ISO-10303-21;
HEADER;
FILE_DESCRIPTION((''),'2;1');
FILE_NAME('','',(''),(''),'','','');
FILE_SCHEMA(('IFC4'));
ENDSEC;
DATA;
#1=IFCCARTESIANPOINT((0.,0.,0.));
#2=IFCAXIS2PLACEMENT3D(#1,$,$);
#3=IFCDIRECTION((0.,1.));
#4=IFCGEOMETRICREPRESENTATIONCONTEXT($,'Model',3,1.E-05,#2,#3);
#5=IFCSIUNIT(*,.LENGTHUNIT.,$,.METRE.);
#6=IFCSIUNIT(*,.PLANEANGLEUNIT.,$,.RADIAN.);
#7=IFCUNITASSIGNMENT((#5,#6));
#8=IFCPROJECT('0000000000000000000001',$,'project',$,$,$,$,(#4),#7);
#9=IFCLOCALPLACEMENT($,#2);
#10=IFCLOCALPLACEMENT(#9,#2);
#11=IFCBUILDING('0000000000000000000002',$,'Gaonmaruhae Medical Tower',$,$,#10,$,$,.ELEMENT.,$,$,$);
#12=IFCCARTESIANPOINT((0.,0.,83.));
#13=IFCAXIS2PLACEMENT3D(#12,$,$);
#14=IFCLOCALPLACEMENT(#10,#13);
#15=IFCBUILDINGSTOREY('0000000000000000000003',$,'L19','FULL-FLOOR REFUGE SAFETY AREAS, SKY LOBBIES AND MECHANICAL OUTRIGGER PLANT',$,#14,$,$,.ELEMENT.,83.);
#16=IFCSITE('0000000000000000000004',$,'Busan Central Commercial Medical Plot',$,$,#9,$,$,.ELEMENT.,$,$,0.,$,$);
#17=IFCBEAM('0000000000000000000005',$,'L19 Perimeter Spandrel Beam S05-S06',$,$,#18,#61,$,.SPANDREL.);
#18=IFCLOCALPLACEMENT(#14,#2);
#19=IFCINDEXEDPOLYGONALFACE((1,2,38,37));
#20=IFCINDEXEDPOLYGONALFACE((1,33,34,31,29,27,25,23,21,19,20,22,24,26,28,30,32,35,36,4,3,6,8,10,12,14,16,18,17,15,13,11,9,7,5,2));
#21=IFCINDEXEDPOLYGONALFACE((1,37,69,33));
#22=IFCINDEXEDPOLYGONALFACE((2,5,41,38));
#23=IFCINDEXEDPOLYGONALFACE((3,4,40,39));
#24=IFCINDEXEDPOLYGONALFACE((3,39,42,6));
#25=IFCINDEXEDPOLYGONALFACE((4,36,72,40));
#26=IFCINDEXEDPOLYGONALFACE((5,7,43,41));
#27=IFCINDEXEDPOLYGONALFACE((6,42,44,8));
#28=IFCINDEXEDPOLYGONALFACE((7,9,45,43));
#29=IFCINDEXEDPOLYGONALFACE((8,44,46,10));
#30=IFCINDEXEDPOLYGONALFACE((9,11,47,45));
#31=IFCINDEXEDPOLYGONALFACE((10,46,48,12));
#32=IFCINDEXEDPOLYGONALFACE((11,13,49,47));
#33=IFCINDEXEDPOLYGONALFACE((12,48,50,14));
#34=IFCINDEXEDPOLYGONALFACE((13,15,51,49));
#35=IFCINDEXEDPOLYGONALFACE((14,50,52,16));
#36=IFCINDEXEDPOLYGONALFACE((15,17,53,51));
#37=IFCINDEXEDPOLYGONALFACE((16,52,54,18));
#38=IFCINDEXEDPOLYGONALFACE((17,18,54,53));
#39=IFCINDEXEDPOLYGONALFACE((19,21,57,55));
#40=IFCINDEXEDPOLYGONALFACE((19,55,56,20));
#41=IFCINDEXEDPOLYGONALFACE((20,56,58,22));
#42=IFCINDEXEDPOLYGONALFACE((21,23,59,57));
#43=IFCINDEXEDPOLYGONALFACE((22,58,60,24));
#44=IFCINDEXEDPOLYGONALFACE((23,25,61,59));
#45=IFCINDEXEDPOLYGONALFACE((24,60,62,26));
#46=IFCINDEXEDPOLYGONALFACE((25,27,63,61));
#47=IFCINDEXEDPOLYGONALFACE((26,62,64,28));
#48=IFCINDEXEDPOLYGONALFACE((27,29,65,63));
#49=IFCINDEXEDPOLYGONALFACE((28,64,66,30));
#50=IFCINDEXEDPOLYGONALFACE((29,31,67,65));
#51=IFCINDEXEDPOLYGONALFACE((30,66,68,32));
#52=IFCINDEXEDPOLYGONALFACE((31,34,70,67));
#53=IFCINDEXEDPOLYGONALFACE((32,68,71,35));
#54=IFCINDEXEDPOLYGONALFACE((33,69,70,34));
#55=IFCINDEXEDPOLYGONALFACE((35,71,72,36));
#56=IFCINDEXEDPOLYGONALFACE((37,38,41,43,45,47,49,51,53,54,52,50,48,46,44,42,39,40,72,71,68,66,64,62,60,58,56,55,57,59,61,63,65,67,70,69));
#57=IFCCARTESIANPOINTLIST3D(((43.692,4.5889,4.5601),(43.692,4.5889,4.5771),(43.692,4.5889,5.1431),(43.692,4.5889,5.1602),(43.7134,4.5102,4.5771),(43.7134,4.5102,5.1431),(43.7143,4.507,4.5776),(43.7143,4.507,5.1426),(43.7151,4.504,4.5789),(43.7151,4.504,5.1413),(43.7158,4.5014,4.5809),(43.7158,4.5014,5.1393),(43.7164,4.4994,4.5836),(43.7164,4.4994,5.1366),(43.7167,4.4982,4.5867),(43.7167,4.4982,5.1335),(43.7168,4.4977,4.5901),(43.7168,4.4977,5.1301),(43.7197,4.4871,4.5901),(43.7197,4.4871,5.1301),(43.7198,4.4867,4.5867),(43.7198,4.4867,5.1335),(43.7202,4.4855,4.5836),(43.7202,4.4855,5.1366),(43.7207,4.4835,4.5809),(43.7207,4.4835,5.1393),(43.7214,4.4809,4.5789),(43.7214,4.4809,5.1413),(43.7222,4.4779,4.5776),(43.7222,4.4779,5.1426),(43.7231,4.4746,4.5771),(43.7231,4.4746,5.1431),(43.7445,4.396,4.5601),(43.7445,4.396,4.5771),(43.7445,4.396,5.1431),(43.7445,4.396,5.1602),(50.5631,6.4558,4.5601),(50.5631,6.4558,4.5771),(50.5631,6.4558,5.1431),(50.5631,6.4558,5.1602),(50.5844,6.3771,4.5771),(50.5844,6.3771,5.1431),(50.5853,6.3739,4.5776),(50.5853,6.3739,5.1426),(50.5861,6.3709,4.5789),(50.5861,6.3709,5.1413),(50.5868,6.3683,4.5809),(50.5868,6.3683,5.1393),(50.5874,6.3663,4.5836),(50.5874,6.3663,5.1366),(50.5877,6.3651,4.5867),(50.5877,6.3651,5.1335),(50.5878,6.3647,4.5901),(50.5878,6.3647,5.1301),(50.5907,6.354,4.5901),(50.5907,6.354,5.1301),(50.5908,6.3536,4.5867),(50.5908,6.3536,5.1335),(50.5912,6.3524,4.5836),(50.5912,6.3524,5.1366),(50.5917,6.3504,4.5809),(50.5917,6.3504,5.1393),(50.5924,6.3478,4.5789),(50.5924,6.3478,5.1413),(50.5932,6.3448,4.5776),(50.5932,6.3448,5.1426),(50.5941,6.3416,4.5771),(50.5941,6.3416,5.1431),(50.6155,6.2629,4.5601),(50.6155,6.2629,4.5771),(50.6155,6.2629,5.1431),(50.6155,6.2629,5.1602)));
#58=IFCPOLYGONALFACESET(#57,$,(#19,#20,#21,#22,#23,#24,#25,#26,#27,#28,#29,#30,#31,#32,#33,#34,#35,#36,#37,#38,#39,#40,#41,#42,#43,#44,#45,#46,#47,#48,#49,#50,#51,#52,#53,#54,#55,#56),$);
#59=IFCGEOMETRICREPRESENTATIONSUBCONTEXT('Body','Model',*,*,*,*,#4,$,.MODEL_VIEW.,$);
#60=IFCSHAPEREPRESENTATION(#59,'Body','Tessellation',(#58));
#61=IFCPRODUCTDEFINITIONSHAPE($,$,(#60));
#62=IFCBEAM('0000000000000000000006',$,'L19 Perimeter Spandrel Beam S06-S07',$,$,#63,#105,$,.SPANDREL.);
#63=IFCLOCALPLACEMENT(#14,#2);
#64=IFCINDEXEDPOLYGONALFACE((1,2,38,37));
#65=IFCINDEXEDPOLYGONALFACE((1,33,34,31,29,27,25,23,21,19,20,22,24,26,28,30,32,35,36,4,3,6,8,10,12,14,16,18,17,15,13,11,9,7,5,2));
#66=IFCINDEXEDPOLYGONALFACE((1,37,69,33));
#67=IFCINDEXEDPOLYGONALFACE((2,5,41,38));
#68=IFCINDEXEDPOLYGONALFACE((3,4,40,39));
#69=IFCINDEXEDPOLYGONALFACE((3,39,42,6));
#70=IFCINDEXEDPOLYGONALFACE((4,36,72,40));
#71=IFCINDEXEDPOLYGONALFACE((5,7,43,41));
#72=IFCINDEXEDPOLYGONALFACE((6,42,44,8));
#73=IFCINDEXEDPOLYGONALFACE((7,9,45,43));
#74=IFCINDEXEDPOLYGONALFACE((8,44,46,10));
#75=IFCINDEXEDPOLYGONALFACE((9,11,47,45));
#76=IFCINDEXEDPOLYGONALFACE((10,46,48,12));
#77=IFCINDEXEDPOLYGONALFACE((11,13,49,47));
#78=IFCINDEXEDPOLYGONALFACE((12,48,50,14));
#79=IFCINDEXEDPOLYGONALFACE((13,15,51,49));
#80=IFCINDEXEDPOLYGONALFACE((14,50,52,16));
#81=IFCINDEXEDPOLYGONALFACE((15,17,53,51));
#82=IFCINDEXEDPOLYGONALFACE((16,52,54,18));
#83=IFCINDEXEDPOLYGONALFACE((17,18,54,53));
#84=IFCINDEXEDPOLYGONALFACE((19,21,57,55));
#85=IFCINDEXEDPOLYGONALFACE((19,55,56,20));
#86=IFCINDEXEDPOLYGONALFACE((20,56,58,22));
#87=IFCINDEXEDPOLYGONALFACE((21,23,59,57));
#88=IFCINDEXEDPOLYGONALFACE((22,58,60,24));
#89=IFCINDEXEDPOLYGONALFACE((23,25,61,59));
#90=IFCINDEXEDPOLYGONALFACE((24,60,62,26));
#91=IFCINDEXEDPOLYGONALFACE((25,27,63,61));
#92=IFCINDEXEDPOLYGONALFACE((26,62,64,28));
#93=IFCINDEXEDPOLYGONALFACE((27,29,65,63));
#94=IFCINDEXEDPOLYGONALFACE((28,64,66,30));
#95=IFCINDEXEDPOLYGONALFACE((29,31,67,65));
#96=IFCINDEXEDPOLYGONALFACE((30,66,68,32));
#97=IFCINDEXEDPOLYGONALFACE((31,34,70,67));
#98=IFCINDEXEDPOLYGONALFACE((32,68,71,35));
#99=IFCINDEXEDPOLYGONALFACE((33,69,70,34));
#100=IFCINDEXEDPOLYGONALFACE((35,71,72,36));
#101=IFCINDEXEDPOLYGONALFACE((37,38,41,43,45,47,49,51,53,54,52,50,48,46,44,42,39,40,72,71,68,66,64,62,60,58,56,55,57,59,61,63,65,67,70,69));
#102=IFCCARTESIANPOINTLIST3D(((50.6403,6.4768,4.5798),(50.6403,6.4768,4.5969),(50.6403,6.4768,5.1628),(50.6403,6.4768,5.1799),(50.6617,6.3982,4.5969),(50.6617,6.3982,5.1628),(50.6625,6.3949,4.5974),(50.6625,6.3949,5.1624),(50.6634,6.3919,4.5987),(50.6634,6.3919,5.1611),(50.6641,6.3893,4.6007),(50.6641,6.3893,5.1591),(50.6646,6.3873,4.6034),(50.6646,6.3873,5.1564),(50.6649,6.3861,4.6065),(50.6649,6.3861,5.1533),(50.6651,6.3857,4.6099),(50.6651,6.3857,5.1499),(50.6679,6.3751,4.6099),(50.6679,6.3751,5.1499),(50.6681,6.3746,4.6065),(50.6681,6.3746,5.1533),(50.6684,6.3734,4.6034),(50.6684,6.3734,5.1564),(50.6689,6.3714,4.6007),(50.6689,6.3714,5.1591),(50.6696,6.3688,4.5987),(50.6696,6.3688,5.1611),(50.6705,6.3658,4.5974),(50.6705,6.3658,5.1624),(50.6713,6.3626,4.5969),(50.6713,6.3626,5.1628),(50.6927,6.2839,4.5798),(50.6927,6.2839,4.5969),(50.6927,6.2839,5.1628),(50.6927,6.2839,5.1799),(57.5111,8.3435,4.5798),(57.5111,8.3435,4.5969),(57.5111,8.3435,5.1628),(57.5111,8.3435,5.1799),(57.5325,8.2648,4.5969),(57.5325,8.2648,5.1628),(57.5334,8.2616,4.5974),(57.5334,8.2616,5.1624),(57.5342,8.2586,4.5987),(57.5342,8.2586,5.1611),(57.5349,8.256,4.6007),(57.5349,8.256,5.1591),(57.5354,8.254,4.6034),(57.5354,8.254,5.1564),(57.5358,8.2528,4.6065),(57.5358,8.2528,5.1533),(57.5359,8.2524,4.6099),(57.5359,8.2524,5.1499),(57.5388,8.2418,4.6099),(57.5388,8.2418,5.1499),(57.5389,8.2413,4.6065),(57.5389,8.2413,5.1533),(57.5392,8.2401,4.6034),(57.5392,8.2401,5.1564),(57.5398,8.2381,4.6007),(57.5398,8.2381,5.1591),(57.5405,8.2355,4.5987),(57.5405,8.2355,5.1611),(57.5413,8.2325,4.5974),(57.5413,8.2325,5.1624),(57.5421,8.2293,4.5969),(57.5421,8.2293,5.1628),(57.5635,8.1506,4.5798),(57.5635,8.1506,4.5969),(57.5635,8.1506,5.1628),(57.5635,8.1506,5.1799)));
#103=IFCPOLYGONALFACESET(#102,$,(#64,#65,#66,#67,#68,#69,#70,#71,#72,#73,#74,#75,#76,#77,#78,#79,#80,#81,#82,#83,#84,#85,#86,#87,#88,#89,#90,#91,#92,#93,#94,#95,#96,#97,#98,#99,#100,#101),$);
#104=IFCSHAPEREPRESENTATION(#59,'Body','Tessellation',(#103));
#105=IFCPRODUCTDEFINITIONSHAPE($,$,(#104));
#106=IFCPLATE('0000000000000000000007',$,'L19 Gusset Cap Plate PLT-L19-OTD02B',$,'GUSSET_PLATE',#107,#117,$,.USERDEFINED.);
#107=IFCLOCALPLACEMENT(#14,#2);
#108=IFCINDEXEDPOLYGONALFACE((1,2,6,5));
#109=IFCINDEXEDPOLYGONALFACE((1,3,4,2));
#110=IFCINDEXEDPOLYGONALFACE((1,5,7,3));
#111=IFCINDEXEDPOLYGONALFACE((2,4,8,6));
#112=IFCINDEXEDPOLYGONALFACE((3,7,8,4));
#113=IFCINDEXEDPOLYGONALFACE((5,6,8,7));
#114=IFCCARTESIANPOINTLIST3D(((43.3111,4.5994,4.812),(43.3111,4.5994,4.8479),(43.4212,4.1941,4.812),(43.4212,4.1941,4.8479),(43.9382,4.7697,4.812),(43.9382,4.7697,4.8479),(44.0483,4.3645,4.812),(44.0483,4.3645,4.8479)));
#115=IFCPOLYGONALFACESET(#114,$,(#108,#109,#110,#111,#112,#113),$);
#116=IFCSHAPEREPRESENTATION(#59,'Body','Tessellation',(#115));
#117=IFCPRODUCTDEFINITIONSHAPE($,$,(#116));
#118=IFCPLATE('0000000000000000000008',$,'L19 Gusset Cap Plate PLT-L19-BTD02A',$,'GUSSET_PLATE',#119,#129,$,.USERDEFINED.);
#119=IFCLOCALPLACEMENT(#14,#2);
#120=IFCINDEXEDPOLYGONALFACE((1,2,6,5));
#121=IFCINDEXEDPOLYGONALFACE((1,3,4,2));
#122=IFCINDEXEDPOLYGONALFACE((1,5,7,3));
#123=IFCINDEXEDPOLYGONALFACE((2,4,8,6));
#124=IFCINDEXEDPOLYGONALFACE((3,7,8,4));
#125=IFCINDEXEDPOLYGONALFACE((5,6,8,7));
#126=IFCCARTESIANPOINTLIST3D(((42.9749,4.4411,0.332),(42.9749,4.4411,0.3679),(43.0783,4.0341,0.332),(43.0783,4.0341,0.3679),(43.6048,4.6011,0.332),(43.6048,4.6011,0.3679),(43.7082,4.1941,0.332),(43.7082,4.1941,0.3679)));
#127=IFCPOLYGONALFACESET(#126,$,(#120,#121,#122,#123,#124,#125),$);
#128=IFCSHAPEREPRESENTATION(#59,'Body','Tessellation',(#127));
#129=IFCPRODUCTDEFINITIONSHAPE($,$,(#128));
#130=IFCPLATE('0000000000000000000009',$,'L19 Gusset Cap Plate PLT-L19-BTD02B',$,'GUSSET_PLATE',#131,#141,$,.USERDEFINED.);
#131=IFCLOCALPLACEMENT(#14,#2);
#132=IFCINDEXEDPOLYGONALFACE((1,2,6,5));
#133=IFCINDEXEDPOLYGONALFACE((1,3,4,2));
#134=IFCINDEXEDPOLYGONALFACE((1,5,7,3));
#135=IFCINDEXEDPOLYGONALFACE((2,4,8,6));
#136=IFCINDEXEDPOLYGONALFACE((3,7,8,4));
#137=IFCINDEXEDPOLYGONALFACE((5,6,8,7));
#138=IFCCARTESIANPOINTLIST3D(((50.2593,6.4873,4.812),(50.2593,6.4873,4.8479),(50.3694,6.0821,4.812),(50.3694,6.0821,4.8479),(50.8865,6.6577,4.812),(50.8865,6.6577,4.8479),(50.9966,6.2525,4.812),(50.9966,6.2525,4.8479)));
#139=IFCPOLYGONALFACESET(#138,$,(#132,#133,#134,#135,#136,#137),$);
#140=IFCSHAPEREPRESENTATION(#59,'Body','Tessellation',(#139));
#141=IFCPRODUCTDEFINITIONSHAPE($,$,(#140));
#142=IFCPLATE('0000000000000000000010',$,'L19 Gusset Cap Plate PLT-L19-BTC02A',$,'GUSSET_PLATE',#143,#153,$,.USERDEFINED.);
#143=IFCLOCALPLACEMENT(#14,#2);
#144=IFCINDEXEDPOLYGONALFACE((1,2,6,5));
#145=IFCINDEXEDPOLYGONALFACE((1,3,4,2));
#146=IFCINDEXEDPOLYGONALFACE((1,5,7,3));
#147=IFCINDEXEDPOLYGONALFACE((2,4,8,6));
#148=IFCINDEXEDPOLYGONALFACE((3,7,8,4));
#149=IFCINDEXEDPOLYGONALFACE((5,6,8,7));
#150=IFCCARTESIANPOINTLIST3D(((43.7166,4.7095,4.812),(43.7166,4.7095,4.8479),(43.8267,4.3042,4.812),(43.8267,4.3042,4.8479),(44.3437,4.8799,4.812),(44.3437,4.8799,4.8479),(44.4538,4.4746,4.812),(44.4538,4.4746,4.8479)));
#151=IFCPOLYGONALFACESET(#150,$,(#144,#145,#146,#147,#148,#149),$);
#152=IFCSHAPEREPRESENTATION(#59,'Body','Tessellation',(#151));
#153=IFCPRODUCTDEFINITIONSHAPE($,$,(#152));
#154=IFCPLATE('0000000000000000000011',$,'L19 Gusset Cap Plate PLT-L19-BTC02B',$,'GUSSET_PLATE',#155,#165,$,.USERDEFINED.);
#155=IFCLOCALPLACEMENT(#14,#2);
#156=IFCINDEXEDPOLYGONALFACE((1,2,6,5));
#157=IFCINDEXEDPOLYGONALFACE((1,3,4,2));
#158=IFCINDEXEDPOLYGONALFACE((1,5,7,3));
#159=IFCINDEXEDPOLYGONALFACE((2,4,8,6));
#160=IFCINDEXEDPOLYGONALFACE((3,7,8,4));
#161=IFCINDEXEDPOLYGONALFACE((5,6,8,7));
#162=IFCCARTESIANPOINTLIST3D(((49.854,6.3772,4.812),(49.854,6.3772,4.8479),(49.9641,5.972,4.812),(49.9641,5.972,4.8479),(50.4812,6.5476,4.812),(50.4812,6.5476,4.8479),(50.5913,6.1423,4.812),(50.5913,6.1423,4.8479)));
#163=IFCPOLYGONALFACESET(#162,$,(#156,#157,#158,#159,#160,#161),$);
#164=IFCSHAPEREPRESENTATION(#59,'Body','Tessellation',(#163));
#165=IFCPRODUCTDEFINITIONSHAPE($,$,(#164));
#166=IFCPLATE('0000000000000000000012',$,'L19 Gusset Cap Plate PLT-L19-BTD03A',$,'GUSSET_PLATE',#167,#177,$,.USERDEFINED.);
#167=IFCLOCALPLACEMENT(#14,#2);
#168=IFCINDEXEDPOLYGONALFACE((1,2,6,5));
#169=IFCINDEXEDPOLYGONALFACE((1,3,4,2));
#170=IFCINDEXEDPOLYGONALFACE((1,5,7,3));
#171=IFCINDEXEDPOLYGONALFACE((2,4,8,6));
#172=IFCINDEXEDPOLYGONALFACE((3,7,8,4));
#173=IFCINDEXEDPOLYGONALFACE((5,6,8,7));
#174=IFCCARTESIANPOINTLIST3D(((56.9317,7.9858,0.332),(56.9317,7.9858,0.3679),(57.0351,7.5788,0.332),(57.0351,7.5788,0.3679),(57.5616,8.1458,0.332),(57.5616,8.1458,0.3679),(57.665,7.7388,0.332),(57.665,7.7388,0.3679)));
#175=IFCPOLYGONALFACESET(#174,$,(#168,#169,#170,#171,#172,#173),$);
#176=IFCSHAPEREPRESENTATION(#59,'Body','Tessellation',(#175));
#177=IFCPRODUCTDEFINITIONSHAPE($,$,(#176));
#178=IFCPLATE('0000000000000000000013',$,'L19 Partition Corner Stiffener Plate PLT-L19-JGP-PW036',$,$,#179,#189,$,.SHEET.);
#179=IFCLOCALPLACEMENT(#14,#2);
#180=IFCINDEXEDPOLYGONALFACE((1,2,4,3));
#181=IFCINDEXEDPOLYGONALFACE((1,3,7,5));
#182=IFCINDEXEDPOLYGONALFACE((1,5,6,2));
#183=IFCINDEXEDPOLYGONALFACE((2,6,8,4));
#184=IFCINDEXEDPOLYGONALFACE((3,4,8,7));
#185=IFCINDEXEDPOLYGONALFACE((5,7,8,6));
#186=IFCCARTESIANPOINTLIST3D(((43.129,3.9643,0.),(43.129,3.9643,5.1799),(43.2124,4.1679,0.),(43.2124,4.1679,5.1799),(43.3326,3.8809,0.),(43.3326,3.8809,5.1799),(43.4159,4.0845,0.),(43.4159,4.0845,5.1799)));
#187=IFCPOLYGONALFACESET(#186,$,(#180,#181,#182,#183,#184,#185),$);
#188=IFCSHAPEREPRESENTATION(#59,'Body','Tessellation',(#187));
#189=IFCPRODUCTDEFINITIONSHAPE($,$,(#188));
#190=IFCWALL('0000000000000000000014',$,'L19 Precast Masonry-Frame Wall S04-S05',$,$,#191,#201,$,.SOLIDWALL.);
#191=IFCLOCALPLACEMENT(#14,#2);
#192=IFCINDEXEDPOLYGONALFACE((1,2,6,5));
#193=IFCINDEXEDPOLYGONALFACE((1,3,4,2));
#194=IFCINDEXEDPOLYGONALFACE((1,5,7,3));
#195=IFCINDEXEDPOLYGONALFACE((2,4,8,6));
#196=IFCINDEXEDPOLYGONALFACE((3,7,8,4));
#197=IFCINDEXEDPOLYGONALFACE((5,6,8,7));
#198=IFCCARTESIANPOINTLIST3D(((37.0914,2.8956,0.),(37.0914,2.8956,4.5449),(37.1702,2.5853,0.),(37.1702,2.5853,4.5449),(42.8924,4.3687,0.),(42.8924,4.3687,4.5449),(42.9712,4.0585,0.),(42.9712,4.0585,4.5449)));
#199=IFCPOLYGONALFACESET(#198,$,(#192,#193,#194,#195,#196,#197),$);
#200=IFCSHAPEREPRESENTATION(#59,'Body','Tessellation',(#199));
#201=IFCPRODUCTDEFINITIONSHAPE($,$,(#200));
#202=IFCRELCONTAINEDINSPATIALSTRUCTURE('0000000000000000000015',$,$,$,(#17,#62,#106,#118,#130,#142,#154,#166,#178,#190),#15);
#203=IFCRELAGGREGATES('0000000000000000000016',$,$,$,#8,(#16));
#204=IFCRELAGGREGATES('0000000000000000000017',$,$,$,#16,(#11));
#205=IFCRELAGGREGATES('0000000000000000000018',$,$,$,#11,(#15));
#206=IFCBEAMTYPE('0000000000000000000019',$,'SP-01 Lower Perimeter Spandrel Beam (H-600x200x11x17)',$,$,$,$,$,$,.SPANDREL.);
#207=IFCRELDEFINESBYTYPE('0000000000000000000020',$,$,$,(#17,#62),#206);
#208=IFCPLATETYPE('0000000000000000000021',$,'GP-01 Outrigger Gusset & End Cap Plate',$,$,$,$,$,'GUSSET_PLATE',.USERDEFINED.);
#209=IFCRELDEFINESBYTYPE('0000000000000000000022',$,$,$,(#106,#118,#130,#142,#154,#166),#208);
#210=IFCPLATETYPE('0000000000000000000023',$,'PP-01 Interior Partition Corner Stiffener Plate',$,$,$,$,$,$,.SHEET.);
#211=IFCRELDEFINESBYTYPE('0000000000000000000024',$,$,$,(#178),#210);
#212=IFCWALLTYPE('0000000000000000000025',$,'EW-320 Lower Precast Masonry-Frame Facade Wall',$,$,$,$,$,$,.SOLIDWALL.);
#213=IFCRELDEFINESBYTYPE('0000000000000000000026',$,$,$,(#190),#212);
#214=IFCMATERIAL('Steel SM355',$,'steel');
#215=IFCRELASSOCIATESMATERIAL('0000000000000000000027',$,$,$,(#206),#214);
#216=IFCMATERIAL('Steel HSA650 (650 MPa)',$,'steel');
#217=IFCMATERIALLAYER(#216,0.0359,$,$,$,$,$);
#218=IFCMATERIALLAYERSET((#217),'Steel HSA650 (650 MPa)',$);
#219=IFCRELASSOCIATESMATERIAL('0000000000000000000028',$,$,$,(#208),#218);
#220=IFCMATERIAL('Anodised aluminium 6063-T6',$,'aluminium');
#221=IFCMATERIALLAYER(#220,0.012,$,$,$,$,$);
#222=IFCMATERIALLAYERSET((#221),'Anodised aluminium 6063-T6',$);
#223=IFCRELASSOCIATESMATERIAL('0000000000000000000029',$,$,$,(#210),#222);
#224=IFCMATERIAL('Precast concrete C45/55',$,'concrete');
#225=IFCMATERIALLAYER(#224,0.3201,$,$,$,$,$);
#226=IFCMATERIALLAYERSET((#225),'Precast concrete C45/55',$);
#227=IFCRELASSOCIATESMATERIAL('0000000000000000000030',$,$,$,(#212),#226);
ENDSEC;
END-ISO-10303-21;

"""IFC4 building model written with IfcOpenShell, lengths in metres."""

from ifc_helpers import new_model, si_unit, direction, frame, frame_2d, origin, origin_2d, place, context, subcontext, project, spatial, rectangle, i_section, extrude, material, layer, layer_set, material_profile, profile_set, type_object, element, save


model = new_model("IFC4")

# Units and contexts
model_context = context("Model", 3, precision=1e-05, world=origin(), true_north=direction((0.0, 1.0)))
body_context = subcontext(model_context, "Body", "Model", "MODEL_VIEW")
ifc_project = project(units=[si_unit("LENGTHUNIT", "METRE"), si_unit("PLANEANGLEUNIT", "RADIAN")], contexts=[model_context])

# Site, building, storey
site_placement = place(None, origin())
site = spatial("IfcSite", under=ifc_project, at=site_placement, Name="Busan Central Commercial Medical Plot", CompositionType="ELEMENT", RefElevation=0.0)
building_placement = place(site_placement, origin())
building = spatial("IfcBuilding", under=site, at=building_placement, Name="Gaonmaruhae Medical Tower", CompositionType="ELEMENT")
storey_placement = place(building_placement, frame((0.0, 0.0, 83.0)))
storey = spatial("IfcBuildingStorey", under=building, at=storey_placement, Name="L19", Description="FULL-FLOOR REFUGE SAFETY AREAS, SKY LOBBIES AND MECHANICAL OUTRIGGER PLANT", CompositionType="ELEMENT", Elevation=83.0)

# Shared definitions
ifc_material_1 = material(Name="Steel HSA650 (650 MPa)", Category="steel")

# Beams
ifc_material_2 = material(Name="Steel SM355", Category="steel")
ifc_material_profile_1 = material_profile(ifc_material_2, i_section(OverallWidth=0.2, OverallDepth=0.6001, WebThickness=0.011, FlangeThickness=0.0171, FilletRadius=0.0129, at=origin_2d()), Name="H-600x200x11x17")
ifc_profile_set_1 = profile_set([ifc_material_profile_1], Name="Steel SM355")
beam_type_1 = type_object("IfcBeamType", Name="SP-01 Lower Perimeter Spandrel Beam (H-600x200x11x17)", PredefinedType="SPANDREL", material=ifc_profile_set_1)
beam_1_placement = place(storey_placement, frame((43.7183, 4.4924, 4.8601), z_axis=(0.965013, 0.262203, 0.0), x_axis=(-0.262203, 0.965013, 0.0)))
element("IfcBeam", 1, at=beam_1_placement, inside=storey, type_object=beam_type_1, Name="L19 Perimeter Spandrel Beam S05-S06", PredefinedType="SPANDREL", context=body_context, shape_type="SweptSolid", body=[
    extrude(i_section(OverallWidth=0.2, OverallDepth=0.6001, WebThickness=0.011, FlangeThickness=0.0171, FilletRadius=0.0129, at=origin_2d()), origin(), (0.0, 0.0, 1.0), 7.1201),
])
beam_2_placement = place(storey_placement, frame((50.6665, 6.3804, 4.8799), z_axis=(0.965019, 0.26218, 0.0), x_axis=(-0.26218, 0.965019, 0.0)))
element("IfcBeam", 2, at=beam_2_placement, inside=storey, type_object=beam_type_1, Name="L19 Perimeter Spandrel Beam S06-S07", PredefinedType="SPANDREL", context=body_context, shape_type="SweptSolid", body=[
    extrude(i_section(OverallWidth=0.2, OverallDepth=0.6001, WebThickness=0.011, FlangeThickness=0.0171, FilletRadius=0.0129, at=origin_2d()), origin(), (0.0, 0.0, 1.0), 7.1199),
])

# Plates
ifc_layer_1 = layer(ifc_material_1, 0.0359)
ifc_layer_set_1 = layer_set([ifc_layer_1], Name="Steel HSA650 (650 MPa)")
plate_type_1 = type_object("IfcPlateType", Name="GP-01 Outrigger Gusset & End Cap Plate", ElementType="GUSSET_PLATE", PredefinedType="USERDEFINED", material=ifc_layer_set_1)
for number, where, z_axis, x_axis, name in (
    (3, (43.6797, 4.4819, 4.812), (0.0, 0.0, 1.0), (0.965016, 0.262189, 0.0), "L19 Gusset Cap Plate PLT-L19-OTD02B"),
    (4, (43.3416, 4.3176, 0.332), (0.0, 0.0, 1.0), (0.969231, 0.246153, 0.0), "L19 Gusset Cap Plate PLT-L19-BTD02A"),
    (5, (50.6279, 6.3699, 4.812), (0.0, 0.0, 1.0), (0.965016, 0.262189, 0.0), "L19 Gusset Cap Plate PLT-L19-BTD02B"),
    (6, (44.0852, 4.592, 4.812), (0.0, 0.0, 1.0), (0.965016, 0.262189, 0.0), "L19 Gusset Cap Plate PLT-L19-BTC02A"),
    (7, (50.2227, 6.2598, 4.812), (0.0, 0.0, 1.0), (0.965016, 0.262189, 0.0), "L19 Gusset Cap Plate PLT-L19-BTC02B"),
    (8, (57.2983, 7.8623, 0.332), (0.0, 0.0, 1.0), (0.969231, 0.246153, 0.0), "L19 Gusset Cap Plate PLT-L19-BTD03A"),
):
    element("IfcPlate", number, at=place(storey_placement, frame(where, z_axis=z_axis, x_axis=x_axis)), inside=storey, type_object=plate_type_1, Name=name, ObjectType="GUSSET_PLATE", PredefinedType="USERDEFINED", context=body_context, shape_type="SweptSolid", body=[
        extrude(rectangle(XDim=0.6499, YDim=0.4199, at=origin_2d()), origin(), (0.0, 0.0, 1.0), 0.0359),
    ])
ifc_material_3 = material(Name="Anodised aluminium 6063-T6", Category="aluminium")
ifc_layer_2 = layer(ifc_material_3, 0.012)
ifc_layer_set_2 = layer_set([ifc_layer_2], Name="Anodised aluminium 6063-T6")
plate_type_2 = type_object("IfcPlateType", Name="PP-01 Interior Partition Corner Stiffener Plate", PredefinedType="SHEET", material=ifc_layer_set_2)
plate_placement = place(storey_placement, frame((43.2725, 4.0244, 0.0), z_axis=(0.0, 0.0, 1.0), x_axis=(0.925395, -0.379004, 0.0)))
element("IfcPlate", 9, at=plate_placement, inside=storey, type_object=plate_type_2, Name="L19 Partition Corner Stiffener Plate PLT-L19-JGP-PW036", PredefinedType="SHEET", context=body_context, shape_type="SweptSolid", body=[
    extrude(rectangle(XDim=0.22, YDim=0.22, at=origin_2d()), origin(), (0.0, 0.0, 1.0), 5.1799),
])

# Wall
ifc_material_4 = material(Name="Precast concrete C45/55", Category="concrete")
ifc_layer_3 = layer(ifc_material_4, 0.3201)
ifc_layer_set_3 = layer_set([ifc_layer_3], Name="Precast concrete C45/55")
wall_type_1 = type_object("IfcWallType", Name="EW-320 Lower Precast Masonry-Frame Facade Wall", PredefinedType="SOLIDWALL", material=ifc_layer_set_3)
wall_1_placement = place(storey_placement, frame((42.9319, 4.2136, 0.0), z_axis=(0.0, 0.0, 1.0), x_axis=(-0.969236, -0.246133, 0.0)))
element("IfcWall", 10, at=wall_1_placement, inside=storey, type_object=wall_type_1, Name="L19 Precast Masonry-Frame Wall S04-S05", PredefinedType="SOLIDWALL", context=body_context, shape_type="SweptSolid", body=[
    extrude(rectangle(XDim=5.9851, YDim=0.3201, at=frame_2d((2.9927, 0.0))), origin(), (0.0, 0.0, 1.0), 4.5449),
])

save(model, "model.ifc")
